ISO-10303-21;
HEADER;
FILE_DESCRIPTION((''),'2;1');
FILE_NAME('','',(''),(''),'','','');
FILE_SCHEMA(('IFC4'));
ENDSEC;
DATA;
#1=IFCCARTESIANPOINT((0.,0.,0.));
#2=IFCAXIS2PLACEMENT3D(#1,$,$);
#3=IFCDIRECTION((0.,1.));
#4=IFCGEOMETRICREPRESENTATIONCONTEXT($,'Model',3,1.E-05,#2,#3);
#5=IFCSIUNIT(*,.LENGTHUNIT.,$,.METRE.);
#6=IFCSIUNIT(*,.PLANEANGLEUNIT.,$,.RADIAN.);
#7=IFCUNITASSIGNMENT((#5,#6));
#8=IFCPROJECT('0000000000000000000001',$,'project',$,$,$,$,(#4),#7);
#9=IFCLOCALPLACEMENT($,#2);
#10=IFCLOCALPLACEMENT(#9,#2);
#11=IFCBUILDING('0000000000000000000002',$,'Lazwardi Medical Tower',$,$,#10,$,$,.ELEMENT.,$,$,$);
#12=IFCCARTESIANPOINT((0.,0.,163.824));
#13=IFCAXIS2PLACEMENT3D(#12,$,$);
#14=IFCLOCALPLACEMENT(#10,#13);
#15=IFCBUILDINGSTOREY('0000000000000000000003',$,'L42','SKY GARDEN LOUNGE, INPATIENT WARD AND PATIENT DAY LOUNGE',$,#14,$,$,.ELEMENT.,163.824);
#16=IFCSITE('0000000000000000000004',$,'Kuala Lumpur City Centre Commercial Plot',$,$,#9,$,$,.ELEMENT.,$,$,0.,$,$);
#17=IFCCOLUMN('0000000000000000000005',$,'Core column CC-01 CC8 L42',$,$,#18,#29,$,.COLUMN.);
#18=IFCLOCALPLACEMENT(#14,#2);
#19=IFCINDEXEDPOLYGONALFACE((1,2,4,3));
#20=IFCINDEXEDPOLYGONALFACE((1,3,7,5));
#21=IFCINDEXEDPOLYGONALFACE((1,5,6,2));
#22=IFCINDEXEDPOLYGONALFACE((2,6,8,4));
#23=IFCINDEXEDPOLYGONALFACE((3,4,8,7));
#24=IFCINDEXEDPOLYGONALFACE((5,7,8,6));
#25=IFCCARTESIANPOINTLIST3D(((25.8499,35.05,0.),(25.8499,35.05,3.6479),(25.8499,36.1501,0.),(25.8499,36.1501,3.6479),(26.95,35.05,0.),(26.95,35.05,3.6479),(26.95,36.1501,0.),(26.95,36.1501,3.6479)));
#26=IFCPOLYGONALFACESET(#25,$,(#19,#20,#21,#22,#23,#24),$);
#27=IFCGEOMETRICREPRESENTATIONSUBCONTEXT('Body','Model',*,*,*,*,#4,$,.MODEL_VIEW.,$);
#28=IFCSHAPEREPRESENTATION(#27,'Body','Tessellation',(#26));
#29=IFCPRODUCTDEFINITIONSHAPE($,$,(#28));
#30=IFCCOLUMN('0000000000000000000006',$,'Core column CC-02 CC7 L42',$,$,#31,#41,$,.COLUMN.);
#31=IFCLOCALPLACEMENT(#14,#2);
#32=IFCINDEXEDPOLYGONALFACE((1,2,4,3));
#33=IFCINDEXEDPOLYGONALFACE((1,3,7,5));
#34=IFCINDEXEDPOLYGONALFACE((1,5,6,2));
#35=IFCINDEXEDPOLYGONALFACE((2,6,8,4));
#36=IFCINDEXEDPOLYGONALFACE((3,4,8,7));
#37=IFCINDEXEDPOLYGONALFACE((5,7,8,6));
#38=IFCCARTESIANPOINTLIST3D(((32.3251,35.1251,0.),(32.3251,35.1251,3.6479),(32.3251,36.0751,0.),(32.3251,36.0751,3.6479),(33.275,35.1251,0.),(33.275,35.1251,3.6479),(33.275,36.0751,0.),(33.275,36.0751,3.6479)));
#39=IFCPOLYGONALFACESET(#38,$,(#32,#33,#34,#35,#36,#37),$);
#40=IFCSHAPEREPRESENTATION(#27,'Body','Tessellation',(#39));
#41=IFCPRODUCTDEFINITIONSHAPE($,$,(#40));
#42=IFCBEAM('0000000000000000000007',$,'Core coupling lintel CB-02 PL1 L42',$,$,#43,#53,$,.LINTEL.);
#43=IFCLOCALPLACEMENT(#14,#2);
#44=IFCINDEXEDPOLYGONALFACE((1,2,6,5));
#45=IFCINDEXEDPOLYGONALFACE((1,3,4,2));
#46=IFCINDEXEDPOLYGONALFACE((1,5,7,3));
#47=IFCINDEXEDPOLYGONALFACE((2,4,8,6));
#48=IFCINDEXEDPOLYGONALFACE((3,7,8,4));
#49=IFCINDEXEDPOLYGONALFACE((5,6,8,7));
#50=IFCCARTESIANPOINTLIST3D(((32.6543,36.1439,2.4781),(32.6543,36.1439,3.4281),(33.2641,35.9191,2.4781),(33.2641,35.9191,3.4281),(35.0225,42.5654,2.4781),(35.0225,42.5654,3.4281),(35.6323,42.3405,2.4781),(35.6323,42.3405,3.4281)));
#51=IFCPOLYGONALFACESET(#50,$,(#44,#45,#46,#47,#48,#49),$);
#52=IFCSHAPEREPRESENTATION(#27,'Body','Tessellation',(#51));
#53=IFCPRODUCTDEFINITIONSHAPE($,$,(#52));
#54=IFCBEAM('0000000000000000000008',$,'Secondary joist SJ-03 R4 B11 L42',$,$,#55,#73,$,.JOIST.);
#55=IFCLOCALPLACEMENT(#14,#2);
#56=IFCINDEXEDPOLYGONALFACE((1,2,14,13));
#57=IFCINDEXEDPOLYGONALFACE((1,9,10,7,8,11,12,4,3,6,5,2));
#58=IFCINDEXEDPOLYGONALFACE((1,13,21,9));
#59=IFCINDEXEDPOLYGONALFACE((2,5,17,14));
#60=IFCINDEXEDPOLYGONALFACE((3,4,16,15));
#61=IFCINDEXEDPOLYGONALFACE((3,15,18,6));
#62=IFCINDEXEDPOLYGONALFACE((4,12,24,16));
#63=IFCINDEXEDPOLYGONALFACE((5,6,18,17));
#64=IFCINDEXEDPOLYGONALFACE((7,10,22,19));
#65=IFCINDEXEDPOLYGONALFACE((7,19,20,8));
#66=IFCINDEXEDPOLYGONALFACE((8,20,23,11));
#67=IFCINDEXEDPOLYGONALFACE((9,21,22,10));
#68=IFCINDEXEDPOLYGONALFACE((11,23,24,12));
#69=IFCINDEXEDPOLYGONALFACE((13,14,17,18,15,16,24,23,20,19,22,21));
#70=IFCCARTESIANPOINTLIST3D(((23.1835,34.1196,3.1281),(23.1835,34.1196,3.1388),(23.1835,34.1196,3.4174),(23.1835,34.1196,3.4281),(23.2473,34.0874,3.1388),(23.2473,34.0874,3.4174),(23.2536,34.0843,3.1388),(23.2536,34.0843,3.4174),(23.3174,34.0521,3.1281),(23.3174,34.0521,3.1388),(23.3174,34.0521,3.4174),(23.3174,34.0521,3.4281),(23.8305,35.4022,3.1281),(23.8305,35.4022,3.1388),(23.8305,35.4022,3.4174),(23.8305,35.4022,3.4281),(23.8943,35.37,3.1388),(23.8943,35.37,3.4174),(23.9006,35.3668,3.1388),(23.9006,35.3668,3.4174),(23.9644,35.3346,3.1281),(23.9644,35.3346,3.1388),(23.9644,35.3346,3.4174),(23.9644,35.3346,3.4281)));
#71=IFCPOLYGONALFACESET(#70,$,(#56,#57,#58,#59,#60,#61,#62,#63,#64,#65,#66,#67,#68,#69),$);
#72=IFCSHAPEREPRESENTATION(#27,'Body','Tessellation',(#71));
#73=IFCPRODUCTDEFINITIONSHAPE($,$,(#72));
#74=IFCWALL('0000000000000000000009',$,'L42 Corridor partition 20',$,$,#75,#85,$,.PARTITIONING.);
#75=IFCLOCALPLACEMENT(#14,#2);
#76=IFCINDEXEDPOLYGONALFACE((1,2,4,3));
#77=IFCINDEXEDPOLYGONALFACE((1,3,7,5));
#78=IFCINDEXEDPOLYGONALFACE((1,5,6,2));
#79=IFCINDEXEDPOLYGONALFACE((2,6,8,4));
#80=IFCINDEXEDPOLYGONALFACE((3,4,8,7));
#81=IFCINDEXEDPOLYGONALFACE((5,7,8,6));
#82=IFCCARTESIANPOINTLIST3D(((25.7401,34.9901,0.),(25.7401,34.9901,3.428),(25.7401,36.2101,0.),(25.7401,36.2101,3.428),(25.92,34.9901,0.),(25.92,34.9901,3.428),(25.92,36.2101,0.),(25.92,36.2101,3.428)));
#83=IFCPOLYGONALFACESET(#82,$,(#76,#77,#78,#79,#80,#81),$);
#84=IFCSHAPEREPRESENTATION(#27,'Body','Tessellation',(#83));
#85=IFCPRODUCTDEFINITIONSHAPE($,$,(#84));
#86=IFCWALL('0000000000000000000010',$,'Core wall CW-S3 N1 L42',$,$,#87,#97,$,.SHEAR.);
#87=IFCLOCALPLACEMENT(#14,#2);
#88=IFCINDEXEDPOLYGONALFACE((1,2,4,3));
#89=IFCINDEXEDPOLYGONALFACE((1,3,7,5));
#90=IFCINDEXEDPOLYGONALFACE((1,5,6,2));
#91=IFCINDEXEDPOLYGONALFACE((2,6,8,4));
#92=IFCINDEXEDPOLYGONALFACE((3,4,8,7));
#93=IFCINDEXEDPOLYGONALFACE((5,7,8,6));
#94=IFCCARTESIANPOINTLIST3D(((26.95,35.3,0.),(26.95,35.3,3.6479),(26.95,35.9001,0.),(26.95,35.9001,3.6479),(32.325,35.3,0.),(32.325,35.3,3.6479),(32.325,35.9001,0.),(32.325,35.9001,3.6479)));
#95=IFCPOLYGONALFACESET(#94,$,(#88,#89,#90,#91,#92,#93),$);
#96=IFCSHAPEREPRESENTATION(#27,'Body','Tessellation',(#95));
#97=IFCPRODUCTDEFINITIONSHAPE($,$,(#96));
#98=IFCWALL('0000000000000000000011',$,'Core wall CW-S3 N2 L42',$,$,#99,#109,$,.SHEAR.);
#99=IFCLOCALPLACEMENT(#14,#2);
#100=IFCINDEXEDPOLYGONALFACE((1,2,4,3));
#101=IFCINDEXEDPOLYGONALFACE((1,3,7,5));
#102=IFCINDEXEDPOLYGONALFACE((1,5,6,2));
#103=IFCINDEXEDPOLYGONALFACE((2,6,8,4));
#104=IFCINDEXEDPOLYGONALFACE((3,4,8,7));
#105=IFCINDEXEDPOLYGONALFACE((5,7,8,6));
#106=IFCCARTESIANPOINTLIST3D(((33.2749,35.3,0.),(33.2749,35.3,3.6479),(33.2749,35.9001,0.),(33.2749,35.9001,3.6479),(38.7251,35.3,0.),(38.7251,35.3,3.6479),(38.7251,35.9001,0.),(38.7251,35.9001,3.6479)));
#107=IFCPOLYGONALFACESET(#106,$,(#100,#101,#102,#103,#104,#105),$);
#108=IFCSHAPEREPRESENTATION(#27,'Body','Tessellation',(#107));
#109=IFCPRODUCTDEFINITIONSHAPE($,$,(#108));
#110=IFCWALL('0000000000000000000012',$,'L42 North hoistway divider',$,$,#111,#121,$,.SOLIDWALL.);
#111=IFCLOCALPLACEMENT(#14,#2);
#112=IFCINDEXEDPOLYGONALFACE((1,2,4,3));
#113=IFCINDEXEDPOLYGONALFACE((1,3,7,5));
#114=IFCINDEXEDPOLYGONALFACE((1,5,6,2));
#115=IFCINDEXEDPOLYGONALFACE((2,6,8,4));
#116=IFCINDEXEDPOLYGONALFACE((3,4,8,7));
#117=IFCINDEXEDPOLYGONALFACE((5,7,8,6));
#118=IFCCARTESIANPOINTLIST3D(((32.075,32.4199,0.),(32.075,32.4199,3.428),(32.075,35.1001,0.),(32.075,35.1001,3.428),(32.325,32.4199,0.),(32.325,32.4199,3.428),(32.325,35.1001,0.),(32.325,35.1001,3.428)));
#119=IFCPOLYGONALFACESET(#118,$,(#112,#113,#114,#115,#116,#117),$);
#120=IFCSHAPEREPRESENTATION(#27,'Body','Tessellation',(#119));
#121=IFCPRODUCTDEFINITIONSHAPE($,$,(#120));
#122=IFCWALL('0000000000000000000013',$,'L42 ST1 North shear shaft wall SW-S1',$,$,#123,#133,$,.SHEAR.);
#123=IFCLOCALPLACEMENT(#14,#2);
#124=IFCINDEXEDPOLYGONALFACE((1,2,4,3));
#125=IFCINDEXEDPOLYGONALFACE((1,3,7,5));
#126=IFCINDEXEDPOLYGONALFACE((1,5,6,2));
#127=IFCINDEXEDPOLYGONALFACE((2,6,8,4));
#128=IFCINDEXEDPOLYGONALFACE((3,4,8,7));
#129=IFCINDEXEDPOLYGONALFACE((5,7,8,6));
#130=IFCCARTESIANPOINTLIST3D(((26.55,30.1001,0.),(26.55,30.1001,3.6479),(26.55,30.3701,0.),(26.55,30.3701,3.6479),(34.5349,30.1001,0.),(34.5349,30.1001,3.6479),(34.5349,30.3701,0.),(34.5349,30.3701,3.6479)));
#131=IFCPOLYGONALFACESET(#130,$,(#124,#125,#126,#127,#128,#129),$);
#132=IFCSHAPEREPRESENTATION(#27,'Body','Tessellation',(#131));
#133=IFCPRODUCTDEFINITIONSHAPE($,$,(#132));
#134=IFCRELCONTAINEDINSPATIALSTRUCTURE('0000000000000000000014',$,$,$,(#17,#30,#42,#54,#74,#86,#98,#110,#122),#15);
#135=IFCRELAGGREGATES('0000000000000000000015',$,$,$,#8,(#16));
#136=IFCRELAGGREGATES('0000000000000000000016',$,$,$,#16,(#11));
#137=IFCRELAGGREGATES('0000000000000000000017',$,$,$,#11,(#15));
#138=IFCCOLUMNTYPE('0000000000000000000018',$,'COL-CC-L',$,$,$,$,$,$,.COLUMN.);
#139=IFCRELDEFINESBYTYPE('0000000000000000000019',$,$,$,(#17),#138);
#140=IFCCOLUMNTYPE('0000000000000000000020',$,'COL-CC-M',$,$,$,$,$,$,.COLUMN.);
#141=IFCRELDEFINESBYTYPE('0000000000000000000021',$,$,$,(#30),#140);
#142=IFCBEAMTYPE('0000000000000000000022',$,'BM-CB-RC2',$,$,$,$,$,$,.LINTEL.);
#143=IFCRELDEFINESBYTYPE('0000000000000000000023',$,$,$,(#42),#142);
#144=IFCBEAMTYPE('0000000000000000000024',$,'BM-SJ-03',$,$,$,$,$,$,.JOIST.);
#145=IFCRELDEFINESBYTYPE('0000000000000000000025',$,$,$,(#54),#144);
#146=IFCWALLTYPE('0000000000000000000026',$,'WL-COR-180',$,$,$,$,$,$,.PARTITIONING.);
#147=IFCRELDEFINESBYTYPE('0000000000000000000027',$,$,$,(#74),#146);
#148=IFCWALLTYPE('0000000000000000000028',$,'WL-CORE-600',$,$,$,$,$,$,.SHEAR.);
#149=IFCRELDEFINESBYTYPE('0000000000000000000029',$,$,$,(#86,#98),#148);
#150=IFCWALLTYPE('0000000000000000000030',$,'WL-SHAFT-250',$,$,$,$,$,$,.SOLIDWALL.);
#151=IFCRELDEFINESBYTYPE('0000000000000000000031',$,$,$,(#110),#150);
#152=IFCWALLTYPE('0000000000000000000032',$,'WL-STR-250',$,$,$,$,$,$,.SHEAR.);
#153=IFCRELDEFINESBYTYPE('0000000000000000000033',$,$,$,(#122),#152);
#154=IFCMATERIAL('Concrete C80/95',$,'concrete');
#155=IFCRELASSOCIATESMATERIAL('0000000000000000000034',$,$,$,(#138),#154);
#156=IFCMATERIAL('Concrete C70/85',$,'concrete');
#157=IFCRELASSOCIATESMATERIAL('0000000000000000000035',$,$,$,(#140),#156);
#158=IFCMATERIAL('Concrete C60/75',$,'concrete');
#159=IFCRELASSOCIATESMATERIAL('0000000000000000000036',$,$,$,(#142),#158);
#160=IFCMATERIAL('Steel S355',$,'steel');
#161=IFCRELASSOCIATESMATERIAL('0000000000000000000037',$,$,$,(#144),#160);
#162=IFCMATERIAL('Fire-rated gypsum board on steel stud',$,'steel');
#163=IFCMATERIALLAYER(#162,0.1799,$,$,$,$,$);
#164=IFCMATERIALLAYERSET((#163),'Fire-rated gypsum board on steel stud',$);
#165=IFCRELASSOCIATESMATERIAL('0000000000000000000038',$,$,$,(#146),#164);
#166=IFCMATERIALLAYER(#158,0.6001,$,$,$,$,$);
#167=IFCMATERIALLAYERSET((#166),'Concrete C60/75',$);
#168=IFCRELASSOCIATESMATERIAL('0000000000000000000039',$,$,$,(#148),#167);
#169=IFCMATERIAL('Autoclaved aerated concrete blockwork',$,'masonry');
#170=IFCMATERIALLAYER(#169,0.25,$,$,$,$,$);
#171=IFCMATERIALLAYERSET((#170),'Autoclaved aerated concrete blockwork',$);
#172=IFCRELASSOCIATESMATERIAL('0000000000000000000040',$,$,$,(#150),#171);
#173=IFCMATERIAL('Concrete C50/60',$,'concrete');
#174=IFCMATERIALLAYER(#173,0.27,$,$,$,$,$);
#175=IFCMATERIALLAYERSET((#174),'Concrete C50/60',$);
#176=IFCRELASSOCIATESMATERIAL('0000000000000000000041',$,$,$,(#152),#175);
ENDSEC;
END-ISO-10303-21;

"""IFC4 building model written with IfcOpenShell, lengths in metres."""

from ifc_helpers import new_model, si_unit, direction, frame, frame_2d, origin, origin_2d, place, context, subcontext, project, spatial, rectangle, i_section, extrude, material, layer, layer_set, material_profile, profile_set, type_object, element, save


model = new_model("IFC4")

# Units and contexts
model_context = context("Model", 3, precision=1e-05, world=origin(), true_north=direction((0.0, 1.0)))
body_context = subcontext(model_context, "Body", "Model", "MODEL_VIEW")
ifc_project = project(units=[si_unit("LENGTHUNIT", "METRE"), si_unit("PLANEANGLEUNIT", "RADIAN")], contexts=[model_context])

# Site, building, storey
site_placement = place(None, origin())
site = spatial("IfcSite", under=ifc_project, at=site_placement, Name="Kuala Lumpur City Centre Commercial Plot", CompositionType="ELEMENT", RefElevation=0.0)
building_placement = place(site_placement, origin())
building = spatial("IfcBuilding", under=site, at=building_placement, Name="Lazwardi Medical Tower", CompositionType="ELEMENT")
storey_placement = place(building_placement, frame((0.0, 0.0, 163.824)))
storey = spatial("IfcBuildingStorey", under=building, at=storey_placement, Name="L42", Description="SKY GARDEN LOUNGE, INPATIENT WARD AND PATIENT DAY LOUNGE", CompositionType="ELEMENT", Elevation=163.824)

# Columns
ifc_material_1 = material(Name="Concrete C80/95", Category="concrete")
ifc_material_profile_1 = material_profile(ifc_material_1, rectangle(XDim=1.1001, YDim=1.1001, at=origin_2d()), Name="RC 1100x1100")
ifc_profile_set_1 = profile_set([ifc_material_profile_1], Name="Concrete C80/95")
column_type_1 = type_object("IfcColumnType", Name="COL-CC-L", PredefinedType="COLUMN", material=ifc_profile_set_1)
column_1_placement = place(storey_placement, frame((26.3999, 35.6001, 0.0), z_axis=(0.0, 0.0, 1.0), x_axis=(1.0, 0.0, 0.0)))
element("IfcColumn", 1, at=column_1_placement, inside=storey, type_object=column_type_1, Name="Core column CC-01 CC8 L42", PredefinedType="COLUMN", context=body_context, shape_type="SweptSolid", body=[
    extrude(rectangle(XDim=1.1001, YDim=1.1001, at=origin_2d()), origin(), (0.0, 0.0, 1.0), 3.6479),
])
ifc_material_2 = material(Name="Concrete C70/85", Category="concrete")
ifc_material_profile_2 = material_profile(ifc_material_2, rectangle(XDim=0.95, YDim=0.95, at=origin_2d()), Name="RC 950x950")
ifc_profile_set_2 = profile_set([ifc_material_profile_2], Name="Concrete C70/85")
column_type_2 = type_object("IfcColumnType", Name="COL-CC-M", PredefinedType="COLUMN", material=ifc_profile_set_2)
column_2_placement = place(storey_placement, frame((32.8, 35.6001, 0.0), z_axis=(0.0, 0.0, 1.0), x_axis=(1.0, 0.0, 0.0)))
element("IfcColumn", 2, at=column_2_placement, inside=storey, type_object=column_type_2, Name="Core column CC-02 CC7 L42", PredefinedType="COLUMN", context=body_context, shape_type="SweptSolid", body=[
    extrude(rectangle(XDim=0.95, YDim=0.95, at=origin_2d()), origin(), (0.0, 0.0, 1.0), 3.6479),
])

# Beams
ifc_material_3 = material(Name="Concrete C60/75", Category="concrete")
ifc_material_profile_3 = material_profile(ifc_material_3, rectangle(XDim=0.6499, YDim=0.95, at=origin_2d()), Name="RC 650x950")
ifc_profile_set_3 = profile_set([ifc_material_profile_3], Name="Concrete C60/75")
beam_type_1 = type_object("IfcBeamType", Name="BM-CB-RC2", PredefinedType="LINTEL", material=ifc_profile_set_3)
beam_1_placement = place(storey_placement, frame((32.9592, 36.0315, 2.9531), z_axis=(0.346013, 0.93823, 0.0), x_axis=(-0.93823, 0.346013, 0.0)))
element("IfcBeam", 3, at=beam_1_placement, inside=storey, type_object=beam_type_1, Name="Core coupling lintel CB-02 PL1 L42", PredefinedType="LINTEL", context=body_context, shape_type="SweptSolid", body=[
    extrude(rectangle(XDim=0.6499, YDim=0.95, at=origin_2d()), origin(), (0.0, 0.0, 1.0), 6.8442),
])
ifc_material_4 = material(Name="Steel S355", Category="steel")
ifc_material_profile_4 = material_profile(ifc_material_4, i_section(OverallWidth=0.1499, OverallDepth=0.3, WebThickness=0.0071, FlangeThickness=0.0107, at=origin_2d()), Name="IPE 300")
ifc_profile_set_4 = profile_set([ifc_material_profile_4], Name="Steel S355")
beam_type_2 = type_object("IfcBeamType", Name="BM-SJ-03", PredefinedType="JOIST", material=ifc_profile_set_4)
beam_2_placement = place(storey_placement, frame((23.8975, 35.3684, 3.2781), z_axis=(-0.450406, -0.892824, 0.0), x_axis=(0.892824, -0.450406, 0.0)))
element("IfcBeam", 4, at=beam_2_placement, inside=storey, type_object=beam_type_2, Name="Secondary joist SJ-03 R4 B11 L42", PredefinedType="JOIST", context=body_context, shape_type="SweptSolid", body=[
    extrude(i_section(OverallWidth=0.1499, OverallDepth=0.3, WebThickness=0.0071, FlangeThickness=0.0107, at=origin_2d()), origin(), (0.0, 0.0, 1.0), 1.4365),
])

# Walls
ifc_material_5 = material(Name="Fire-rated gypsum board on steel stud", Category="steel")
ifc_layer_1 = layer(ifc_material_5, 0.1799)
ifc_layer_set_1 = layer_set([ifc_layer_1], Name="Fire-rated gypsum board on steel stud")
wall_type_1 = type_object("IfcWallType", Name="WL-COR-180", PredefinedType="PARTITIONING", material=ifc_layer_set_1)
wall_1_placement = place(storey_placement, frame((25.8301, 36.21, 0.0), z_axis=(0.0, 0.0, 1.0), x_axis=(0.0, -1.0, 0.0)))
element("IfcWall", 5, at=wall_1_placement, inside=storey, type_object=wall_type_1, Name="L42 Corridor partition 20", PredefinedType="PARTITIONING", context=body_context, shape_type="SweptSolid", body=[
    extrude(rectangle(XDim=1.22, YDim=0.1799, at=frame_2d((0.6099, 0.0))), origin(), (0.0, 0.0, 1.0), 3.428),
])
ifc_layer_2 = layer(ifc_material_3, 0.6001)
ifc_layer_set_2 = layer_set([ifc_layer_2], Name="Concrete C60/75")
wall_type_2 = type_object("IfcWallType", Name="WL-CORE-600", PredefinedType="SHEAR", material=ifc_layer_set_2)
wall_2_placement = place(storey_placement, frame((26.95, 35.6001, 0.0), z_axis=(0.0, 0.0, 1.0), x_axis=(1.0, 0.0, 0.0)))
element("IfcWall", 6, at=wall_2_placement, inside=storey, type_object=wall_type_2, Name="Core wall CW-S3 N1 L42", PredefinedType="SHEAR", context=body_context, shape_type="SweptSolid", body=[
    extrude(rectangle(XDim=5.375, YDim=0.6001, at=frame_2d((2.6875, 0.0))), origin(), (0.0, 0.0, 1.0), 3.6479),
])
wall_3_placement = place(storey_placement, frame((33.2749, 35.6001, 0.0), z_axis=(0.0, 0.0, 1.0), x_axis=(1.0, 0.0, 0.0)))
element("IfcWall", 7, at=wall_3_placement, inside=storey, type_object=wall_type_2, Name="Core wall CW-S3 N2 L42", PredefinedType="SHEAR", context=body_context, shape_type="SweptSolid", body=[
    extrude(rectangle(XDim=5.4502, YDim=0.6001, at=frame_2d((2.7251, 0.0))), origin(), (0.0, 0.0, 1.0), 3.6479),
])
ifc_material_6 = material(Name="Autoclaved aerated concrete blockwork", Category="masonry")
ifc_layer_3 = layer(ifc_material_6, 0.25)
ifc_layer_set_3 = layer_set([ifc_layer_3], Name="Autoclaved aerated concrete blockwork")
wall_type_3 = type_object("IfcWallType", Name="WL-SHAFT-250", PredefinedType="SOLIDWALL", material=ifc_layer_set_3)
wall_4_placement = place(storey_placement, frame((32.2, 32.4199, 0.0), z_axis=(0.0, 0.0, 1.0), x_axis=(0.0, 1.0, 0.0)))
element("IfcWall", 8, at=wall_4_placement, inside=storey, type_object=wall_type_3, Name="L42 North hoistway divider", PredefinedType="SOLIDWALL", context=body_context, shape_type="SweptSolid", body=[
    extrude(rectangle(XDim=2.6802, YDim=0.25, at=frame_2d((1.3401, 0.0))), origin(), (0.0, 0.0, 1.0), 3.428),
])
ifc_material_7 = material(Name="Concrete C50/60", Category="concrete")
ifc_layer_4 = layer(ifc_material_7, 0.27)
ifc_layer_set_4 = layer_set([ifc_layer_4], Name="Concrete C50/60")
wall_type_4 = type_object("IfcWallType", Name="WL-STR-250", PredefinedType="SHEAR", material=ifc_layer_set_4)
wall_5_placement = place(storey_placement, frame((26.55, 30.2351, 0.0), z_axis=(0.0, 0.0, 1.0), x_axis=(1.0, 0.0, 0.0)))
element("IfcWall", 9, at=wall_5_placement, inside=storey, type_object=wall_type_4, Name="L42 ST1 North shear shaft wall SW-S1", PredefinedType="SHEAR", context=body_context, shape_type="SweptSolid", body=[
    extrude(rectangle(XDim=7.9849, YDim=0.27, at=frame_2d((3.9924, 0.0))), origin(), (0.0, 0.0, 1.0), 3.6479),
])

save(model, "model.ifc")
